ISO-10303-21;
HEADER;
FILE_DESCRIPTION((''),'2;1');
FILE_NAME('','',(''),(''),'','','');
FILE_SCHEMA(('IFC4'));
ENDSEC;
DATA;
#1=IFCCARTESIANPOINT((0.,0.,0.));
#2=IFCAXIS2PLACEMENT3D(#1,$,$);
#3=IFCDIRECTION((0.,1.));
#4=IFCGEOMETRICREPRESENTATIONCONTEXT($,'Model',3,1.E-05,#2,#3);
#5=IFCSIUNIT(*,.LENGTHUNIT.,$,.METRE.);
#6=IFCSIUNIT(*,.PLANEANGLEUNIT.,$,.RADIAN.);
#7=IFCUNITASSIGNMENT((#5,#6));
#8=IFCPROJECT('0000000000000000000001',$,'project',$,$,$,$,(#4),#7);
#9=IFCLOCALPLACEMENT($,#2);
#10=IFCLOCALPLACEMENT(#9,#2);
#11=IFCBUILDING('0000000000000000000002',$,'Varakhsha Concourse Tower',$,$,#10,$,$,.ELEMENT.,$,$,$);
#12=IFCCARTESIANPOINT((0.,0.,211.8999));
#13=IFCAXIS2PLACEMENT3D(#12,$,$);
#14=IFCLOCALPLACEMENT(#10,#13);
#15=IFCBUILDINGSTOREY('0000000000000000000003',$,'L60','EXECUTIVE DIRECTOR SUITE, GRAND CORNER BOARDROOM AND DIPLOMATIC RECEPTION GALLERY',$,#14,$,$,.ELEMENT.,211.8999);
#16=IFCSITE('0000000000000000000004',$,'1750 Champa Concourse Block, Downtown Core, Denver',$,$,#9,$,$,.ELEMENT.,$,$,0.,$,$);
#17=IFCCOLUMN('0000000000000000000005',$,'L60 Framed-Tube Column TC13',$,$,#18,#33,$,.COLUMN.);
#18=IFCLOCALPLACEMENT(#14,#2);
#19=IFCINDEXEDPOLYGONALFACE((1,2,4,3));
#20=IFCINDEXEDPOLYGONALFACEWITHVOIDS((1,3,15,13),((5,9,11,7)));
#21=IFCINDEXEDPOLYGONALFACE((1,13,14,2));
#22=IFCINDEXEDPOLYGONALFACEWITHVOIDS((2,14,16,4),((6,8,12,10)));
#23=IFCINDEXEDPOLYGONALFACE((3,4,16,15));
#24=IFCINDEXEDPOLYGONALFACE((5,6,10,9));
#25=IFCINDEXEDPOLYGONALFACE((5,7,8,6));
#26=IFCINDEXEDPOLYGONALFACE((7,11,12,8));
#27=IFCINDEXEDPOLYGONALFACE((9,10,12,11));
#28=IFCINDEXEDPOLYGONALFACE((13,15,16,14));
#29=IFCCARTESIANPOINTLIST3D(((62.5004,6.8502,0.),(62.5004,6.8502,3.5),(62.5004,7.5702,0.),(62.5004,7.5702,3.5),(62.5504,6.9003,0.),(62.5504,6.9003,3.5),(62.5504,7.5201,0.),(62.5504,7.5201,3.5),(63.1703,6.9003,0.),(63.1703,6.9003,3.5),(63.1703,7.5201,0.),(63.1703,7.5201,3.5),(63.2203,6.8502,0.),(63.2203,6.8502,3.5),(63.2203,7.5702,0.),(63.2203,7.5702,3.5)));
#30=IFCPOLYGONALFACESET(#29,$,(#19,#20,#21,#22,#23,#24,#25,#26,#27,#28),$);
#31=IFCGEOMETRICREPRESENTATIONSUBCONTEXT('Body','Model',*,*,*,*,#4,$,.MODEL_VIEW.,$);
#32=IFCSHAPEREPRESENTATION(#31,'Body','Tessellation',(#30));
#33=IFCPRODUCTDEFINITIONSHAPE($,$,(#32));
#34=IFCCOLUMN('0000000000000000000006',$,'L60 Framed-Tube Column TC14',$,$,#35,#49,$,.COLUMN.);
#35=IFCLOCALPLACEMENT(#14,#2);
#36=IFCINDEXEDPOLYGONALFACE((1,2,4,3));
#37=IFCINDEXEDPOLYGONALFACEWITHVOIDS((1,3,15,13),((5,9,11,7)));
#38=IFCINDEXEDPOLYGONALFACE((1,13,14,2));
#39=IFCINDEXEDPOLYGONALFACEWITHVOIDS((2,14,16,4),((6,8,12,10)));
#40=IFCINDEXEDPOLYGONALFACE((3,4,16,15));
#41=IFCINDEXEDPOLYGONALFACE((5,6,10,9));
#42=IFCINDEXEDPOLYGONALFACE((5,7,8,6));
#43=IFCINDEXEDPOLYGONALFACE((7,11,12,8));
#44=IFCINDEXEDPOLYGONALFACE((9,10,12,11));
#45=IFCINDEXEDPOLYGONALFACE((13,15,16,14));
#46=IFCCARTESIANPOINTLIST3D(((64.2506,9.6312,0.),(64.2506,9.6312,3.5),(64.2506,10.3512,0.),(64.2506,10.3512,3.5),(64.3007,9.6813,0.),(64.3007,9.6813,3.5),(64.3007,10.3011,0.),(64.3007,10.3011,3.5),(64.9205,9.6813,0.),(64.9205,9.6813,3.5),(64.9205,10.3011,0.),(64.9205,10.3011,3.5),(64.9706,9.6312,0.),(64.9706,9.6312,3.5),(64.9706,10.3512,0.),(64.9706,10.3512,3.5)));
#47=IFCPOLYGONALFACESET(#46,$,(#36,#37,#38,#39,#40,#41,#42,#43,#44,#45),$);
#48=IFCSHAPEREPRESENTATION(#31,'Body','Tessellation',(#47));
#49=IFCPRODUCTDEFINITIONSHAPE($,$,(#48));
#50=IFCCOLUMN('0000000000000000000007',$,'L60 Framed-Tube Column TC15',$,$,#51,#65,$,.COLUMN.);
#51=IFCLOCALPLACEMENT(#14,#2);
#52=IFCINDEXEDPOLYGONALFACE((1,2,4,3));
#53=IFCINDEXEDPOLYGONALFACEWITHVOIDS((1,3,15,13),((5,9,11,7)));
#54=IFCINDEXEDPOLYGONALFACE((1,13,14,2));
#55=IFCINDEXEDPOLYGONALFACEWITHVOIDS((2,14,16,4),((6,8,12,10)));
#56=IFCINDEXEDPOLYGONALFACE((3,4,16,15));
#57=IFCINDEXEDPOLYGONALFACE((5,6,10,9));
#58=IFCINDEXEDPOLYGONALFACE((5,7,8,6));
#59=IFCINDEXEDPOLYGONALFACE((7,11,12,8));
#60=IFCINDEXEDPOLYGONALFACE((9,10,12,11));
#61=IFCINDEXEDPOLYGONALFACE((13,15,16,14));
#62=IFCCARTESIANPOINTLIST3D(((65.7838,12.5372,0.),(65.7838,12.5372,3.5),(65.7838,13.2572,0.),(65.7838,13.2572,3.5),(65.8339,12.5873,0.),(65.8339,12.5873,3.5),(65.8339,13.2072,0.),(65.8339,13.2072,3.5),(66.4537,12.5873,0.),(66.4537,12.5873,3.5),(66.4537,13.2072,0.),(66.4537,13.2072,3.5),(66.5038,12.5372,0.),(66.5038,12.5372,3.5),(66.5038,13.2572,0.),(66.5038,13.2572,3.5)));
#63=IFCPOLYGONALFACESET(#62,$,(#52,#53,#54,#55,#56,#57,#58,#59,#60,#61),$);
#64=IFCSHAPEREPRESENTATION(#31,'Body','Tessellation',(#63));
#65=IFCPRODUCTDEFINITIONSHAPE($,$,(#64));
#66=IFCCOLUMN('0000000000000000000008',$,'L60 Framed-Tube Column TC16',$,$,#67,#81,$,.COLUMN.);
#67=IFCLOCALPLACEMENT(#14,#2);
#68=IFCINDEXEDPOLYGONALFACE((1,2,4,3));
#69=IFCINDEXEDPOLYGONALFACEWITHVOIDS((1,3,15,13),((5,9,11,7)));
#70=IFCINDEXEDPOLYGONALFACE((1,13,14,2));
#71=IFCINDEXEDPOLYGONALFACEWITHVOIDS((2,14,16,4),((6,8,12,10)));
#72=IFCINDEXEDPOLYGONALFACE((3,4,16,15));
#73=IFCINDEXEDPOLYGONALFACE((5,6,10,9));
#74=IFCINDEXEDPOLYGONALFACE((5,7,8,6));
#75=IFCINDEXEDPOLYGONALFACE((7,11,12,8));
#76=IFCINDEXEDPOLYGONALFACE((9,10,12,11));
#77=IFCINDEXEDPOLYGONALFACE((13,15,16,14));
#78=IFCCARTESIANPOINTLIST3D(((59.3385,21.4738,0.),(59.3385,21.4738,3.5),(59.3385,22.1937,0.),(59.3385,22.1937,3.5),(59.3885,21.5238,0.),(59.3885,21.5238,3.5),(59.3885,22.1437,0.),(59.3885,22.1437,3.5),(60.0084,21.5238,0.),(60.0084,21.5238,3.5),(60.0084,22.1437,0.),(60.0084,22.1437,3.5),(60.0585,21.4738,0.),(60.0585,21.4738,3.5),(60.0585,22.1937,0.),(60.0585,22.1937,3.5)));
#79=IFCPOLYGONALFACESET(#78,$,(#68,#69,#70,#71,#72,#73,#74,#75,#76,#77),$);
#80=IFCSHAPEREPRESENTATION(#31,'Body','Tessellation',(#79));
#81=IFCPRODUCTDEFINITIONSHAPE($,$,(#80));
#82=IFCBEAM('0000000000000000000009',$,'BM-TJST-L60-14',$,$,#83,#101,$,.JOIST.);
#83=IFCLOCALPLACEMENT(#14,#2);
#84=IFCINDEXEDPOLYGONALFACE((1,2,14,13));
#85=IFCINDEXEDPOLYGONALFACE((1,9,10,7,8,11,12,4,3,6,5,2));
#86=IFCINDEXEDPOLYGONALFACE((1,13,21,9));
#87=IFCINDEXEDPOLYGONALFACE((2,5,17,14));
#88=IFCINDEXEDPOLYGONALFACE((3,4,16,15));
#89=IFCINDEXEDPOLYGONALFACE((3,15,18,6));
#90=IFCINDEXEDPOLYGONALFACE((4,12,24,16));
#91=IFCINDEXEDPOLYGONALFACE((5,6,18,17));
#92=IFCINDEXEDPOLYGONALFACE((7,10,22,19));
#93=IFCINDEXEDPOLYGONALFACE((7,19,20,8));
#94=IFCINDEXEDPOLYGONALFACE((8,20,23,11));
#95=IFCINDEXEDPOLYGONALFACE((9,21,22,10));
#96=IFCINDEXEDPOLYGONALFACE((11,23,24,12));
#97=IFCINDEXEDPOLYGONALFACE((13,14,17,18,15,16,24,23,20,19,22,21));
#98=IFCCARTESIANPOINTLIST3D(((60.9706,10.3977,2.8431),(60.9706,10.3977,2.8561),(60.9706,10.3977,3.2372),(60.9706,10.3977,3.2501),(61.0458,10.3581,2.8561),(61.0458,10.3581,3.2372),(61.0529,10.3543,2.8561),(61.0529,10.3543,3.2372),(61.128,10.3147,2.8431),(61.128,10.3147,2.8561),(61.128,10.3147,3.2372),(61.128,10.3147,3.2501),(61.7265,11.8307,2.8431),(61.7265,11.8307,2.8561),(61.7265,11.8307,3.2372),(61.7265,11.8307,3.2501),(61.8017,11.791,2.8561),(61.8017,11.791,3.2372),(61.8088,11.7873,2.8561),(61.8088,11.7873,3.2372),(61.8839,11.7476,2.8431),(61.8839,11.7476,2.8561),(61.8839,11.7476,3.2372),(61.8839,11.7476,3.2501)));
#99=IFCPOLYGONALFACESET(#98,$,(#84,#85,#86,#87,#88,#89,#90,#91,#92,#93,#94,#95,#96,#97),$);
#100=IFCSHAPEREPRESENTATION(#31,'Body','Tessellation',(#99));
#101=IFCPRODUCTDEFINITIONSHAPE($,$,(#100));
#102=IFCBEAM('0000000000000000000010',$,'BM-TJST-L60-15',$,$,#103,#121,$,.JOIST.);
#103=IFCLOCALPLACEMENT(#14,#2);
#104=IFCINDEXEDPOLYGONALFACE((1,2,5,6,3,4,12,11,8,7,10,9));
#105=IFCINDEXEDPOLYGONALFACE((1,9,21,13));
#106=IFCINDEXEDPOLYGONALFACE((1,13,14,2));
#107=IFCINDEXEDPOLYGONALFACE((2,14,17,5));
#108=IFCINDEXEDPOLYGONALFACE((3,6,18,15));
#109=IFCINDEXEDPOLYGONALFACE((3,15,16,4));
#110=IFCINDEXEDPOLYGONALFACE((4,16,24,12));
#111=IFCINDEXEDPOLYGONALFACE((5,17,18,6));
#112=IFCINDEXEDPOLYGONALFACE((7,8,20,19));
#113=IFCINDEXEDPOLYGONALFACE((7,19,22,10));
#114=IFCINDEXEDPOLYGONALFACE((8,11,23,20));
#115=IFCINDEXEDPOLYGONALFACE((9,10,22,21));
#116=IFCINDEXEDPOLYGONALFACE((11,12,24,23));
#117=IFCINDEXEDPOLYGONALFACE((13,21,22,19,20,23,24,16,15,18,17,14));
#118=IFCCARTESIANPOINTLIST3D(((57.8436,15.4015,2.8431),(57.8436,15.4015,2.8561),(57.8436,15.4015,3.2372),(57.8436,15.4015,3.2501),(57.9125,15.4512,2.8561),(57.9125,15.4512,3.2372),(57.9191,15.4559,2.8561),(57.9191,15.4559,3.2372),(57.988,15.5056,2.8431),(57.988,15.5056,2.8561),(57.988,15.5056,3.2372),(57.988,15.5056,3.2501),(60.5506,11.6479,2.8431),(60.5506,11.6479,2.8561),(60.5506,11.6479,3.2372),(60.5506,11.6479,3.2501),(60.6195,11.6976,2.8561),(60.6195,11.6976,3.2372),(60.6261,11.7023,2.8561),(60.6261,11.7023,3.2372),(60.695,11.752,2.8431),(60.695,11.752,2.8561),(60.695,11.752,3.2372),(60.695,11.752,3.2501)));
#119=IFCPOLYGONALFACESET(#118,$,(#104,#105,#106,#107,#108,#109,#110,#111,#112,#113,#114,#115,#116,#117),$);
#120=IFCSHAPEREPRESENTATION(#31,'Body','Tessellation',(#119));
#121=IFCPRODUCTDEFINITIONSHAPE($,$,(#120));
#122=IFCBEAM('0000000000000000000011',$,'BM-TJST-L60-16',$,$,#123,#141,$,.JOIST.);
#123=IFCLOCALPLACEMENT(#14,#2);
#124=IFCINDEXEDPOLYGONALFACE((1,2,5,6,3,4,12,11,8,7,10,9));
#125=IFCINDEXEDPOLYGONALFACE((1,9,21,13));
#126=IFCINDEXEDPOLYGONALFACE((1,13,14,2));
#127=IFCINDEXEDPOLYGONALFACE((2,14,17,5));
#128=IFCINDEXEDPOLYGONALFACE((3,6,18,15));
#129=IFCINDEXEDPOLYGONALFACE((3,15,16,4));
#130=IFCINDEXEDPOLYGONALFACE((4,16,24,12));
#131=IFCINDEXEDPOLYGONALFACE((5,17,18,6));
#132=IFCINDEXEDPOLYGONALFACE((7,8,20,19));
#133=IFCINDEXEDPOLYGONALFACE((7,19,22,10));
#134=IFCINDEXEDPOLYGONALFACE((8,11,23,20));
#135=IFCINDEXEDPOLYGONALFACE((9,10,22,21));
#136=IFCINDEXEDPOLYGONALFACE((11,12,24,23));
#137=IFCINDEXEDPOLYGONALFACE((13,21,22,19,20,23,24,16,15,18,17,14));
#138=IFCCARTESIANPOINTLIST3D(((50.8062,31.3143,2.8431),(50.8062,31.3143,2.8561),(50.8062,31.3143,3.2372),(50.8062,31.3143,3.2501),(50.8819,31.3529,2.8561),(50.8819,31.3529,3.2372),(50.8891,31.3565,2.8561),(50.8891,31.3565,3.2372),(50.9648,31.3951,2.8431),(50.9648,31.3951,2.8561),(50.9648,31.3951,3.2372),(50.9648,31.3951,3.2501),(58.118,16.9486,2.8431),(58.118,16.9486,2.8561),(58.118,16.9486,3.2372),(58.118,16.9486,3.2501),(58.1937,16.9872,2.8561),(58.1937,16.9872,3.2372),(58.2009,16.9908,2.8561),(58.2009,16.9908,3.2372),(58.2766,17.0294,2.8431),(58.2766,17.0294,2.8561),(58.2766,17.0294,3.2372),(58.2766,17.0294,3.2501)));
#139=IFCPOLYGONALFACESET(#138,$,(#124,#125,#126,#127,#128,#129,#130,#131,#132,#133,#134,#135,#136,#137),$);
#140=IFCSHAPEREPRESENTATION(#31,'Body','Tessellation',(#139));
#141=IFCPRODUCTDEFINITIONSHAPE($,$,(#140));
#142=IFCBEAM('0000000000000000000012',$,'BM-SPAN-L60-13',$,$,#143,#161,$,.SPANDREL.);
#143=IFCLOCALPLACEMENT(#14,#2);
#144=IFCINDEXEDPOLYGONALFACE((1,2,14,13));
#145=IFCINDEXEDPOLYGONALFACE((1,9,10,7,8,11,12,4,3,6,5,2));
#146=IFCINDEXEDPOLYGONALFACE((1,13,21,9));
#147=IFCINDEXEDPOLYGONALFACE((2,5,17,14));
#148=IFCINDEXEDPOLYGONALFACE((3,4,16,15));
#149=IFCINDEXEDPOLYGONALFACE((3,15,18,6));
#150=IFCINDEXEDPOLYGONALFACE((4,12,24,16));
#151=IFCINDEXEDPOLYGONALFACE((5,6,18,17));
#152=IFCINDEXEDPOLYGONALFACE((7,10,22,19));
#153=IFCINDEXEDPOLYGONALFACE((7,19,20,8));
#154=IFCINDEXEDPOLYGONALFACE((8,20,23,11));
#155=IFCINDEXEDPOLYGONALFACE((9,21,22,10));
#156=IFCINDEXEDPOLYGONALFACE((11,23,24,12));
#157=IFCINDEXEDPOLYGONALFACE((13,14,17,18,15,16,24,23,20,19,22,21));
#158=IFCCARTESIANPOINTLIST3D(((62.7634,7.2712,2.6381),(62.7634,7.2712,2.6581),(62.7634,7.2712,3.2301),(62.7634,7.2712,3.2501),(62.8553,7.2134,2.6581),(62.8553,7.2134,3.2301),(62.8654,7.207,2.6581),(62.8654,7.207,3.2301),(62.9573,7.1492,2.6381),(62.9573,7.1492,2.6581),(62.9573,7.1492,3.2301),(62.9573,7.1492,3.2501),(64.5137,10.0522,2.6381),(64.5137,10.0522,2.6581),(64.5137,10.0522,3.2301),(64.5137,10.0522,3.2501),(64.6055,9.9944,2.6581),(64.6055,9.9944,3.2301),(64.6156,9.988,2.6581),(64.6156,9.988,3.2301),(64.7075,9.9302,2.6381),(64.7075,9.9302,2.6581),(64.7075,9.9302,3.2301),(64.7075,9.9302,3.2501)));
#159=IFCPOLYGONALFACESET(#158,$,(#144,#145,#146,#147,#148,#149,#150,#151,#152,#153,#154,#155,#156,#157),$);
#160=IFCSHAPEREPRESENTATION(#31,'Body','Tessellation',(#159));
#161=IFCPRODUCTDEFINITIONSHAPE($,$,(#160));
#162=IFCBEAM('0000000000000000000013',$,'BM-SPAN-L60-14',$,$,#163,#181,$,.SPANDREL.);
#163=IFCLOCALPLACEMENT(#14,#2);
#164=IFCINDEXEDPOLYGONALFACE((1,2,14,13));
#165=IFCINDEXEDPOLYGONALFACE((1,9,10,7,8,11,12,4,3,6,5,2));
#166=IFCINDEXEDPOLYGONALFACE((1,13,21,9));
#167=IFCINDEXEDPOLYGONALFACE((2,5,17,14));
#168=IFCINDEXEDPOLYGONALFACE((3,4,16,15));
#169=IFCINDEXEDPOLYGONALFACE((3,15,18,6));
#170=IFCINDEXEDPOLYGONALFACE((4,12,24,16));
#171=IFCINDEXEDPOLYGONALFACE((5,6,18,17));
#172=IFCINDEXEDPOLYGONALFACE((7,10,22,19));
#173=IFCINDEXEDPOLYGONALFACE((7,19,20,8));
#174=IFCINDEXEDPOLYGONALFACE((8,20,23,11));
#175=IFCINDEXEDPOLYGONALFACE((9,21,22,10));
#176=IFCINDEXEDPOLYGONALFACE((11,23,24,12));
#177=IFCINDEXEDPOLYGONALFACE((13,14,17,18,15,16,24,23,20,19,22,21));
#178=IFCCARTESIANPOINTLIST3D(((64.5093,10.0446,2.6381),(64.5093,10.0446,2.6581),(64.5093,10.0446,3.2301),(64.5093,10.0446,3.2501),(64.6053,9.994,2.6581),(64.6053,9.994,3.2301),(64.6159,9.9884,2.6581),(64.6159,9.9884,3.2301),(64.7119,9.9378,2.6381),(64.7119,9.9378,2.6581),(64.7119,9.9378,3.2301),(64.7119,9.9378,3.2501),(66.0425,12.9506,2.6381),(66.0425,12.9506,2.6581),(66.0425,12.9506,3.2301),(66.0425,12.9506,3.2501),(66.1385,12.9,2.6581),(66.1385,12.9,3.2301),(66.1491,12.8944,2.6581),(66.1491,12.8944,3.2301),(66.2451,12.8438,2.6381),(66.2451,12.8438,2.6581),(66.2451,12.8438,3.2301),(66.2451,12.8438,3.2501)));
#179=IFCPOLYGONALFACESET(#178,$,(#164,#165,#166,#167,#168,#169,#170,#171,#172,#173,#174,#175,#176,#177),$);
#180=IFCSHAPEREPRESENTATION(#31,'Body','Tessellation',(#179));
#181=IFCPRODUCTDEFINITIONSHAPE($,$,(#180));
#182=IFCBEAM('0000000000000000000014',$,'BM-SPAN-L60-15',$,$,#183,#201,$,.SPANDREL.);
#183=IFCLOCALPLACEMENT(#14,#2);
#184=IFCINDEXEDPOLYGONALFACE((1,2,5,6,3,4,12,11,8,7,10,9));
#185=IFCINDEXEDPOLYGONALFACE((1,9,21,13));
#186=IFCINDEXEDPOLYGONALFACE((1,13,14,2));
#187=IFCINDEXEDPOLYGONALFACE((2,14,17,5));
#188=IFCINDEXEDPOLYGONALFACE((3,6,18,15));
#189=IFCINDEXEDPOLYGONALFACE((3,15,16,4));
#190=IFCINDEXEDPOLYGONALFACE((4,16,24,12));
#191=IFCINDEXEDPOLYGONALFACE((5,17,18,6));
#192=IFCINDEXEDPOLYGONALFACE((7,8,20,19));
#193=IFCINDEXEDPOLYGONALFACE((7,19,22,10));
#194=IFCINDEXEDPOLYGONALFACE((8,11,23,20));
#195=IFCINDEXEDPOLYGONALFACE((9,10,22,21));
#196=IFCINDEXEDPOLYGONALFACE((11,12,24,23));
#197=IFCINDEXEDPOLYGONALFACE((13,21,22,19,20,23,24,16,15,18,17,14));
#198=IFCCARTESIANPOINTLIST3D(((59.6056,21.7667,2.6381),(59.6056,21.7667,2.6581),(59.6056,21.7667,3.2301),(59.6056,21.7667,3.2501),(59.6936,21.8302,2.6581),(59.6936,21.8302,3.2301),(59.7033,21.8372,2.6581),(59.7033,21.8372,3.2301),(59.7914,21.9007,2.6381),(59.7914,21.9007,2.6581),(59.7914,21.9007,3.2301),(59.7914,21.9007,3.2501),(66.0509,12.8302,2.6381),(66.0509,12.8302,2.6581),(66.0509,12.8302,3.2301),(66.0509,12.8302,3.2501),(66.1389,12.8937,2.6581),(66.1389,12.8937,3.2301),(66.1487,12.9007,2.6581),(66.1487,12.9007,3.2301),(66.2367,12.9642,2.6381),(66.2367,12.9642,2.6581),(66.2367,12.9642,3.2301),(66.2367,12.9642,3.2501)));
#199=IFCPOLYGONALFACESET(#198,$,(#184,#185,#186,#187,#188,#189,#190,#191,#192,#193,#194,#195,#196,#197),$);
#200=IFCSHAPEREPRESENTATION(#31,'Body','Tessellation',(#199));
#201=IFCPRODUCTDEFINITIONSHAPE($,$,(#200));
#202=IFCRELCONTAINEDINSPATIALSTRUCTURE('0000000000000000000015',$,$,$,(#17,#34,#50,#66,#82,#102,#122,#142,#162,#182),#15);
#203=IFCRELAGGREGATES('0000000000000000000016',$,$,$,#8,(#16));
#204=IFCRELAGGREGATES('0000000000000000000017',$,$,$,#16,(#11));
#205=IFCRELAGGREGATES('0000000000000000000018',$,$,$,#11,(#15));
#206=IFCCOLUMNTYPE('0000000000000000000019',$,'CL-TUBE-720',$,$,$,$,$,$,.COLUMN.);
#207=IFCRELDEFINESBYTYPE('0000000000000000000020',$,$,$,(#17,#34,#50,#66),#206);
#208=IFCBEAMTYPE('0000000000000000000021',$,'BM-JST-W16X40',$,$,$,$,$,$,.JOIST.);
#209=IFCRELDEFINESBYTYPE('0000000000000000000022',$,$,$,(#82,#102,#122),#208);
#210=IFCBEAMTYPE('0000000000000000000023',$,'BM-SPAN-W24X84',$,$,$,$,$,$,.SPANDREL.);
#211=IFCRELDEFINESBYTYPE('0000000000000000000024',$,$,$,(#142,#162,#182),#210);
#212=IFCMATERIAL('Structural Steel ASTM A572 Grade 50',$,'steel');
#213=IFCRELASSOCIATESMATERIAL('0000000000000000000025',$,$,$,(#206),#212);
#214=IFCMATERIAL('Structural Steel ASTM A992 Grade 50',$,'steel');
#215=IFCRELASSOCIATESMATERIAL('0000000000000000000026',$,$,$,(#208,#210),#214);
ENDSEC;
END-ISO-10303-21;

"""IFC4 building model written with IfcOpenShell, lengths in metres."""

from ifc_helpers import new_model, si_unit, direction, frame, origin, origin_2d, place, context, subcontext, project, spatial, hollow_rectangle, i_section, extrude, material, material_profile, profile_set, type_object, element, save


model = new_model("IFC4")

# Units and contexts
model_context = context("Model", 3, precision=1e-05, world=origin(), true_north=direction((0.0, 1.0)))
body_context = subcontext(model_context, "Body", "Model", "MODEL_VIEW")
ifc_project = project(units=[si_unit("LENGTHUNIT", "METRE"), si_unit("PLANEANGLEUNIT", "RADIAN")], contexts=[model_context])

# Site, building, storey
site_placement = place(None, origin())
site = spatial("IfcSite", under=ifc_project, at=site_placement, Name="1750 Champa Concourse Block, Downtown Core, Denver", CompositionType="ELEMENT", RefElevation=0.0)
building_placement = place(site_placement, origin())
building = spatial("IfcBuilding", under=site, at=building_placement, Name="Varakhsha Concourse Tower", CompositionType="ELEMENT")
storey_placement = place(building_placement, frame((0.0, 0.0, 211.8999)))
storey = spatial("IfcBuildingStorey", under=building, at=storey_placement, Name="L60", Description="EXECUTIVE DIRECTOR SUITE, GRAND CORNER BOARDROOM AND DIPLOMATIC RECEPTION GALLERY", CompositionType="ELEMENT", Elevation=211.8999)

# Columns
ifc_material_1 = material(Name="Structural Steel ASTM A572 Grade 50", Category="steel")
ifc_material_profile_1 = material_profile(ifc_material_1, hollow_rectangle(XDim=0.72, YDim=0.72, WallThickness=0.05, at=origin_2d()), Name="BOX 720x720x50")
ifc_profile_set_1 = profile_set([ifc_material_profile_1], Name="Structural Steel ASTM A572 Grade 50")
column_type = type_object("IfcColumnType", Name="CL-TUBE-720", PredefinedType="COLUMN", material=ifc_profile_set_1)
for number, where, z_axis, x_axis, name in (
    (1, (62.8604, 7.2102, 0.0), (0.0, 0.0, 1.0), (1.0, 0.0, 0.0), "L60 Framed-Tube Column TC13"),
    (2, (64.6106, 9.9912, 0.0), (0.0, 0.0, 1.0), (1.0, 0.0, 0.0), "L60 Framed-Tube Column TC14"),
    (3, (66.1438, 12.8972, 0.0), (0.0, 0.0, 1.0), (1.0, 0.0, 0.0), "L60 Framed-Tube Column TC15"),
    (4, (59.6985, 21.8337, 0.0), (0.0, 0.0, 1.0), (1.0, 0.0, 0.0), "L60 Framed-Tube Column TC16"),
):
    element("IfcColumn", number, at=place(storey_placement, frame(where, z_axis=z_axis, x_axis=x_axis)), inside=storey, type_object=column_type, Name=name, PredefinedType="COLUMN", context=body_context, shape_type="SweptSolid", body=[
        extrude(hollow_rectangle(XDim=0.72, YDim=0.72, WallThickness=0.05, at=origin_2d()), origin(), (0.0, 0.0, 1.0), 3.5),
    ])

# Beams
ifc_material_2 = material(Name="Structural Steel ASTM A992 Grade 50", Category="steel")
ifc_material_profile_2 = material_profile(ifc_material_2, i_section(OverallWidth=0.178, OverallDepth=0.407, WebThickness=0.0081, FlangeThickness=0.0129, at=origin_2d()), Name="W16X40")
ifc_profile_set_2 = profile_set([ifc_material_profile_2], Name="Structural Steel ASTM A992 Grade 50")
beam_type_1 = type_object("IfcBeamType", Name="BM-JST-W16X40", PredefinedType="JOIST", material=ifc_profile_set_2)
beam_1_placement = place(storey_placement, frame((61.0493, 10.3562, 3.0466), z_axis=(0.466579, 0.88448, 0.0), x_axis=(-0.88448, 0.466579, 0.0)))
element("IfcBeam", 5, at=beam_1_placement, inside=storey, type_object=beam_type_1, Name="BM-TJST-L60-14", PredefinedType="JOIST", context=body_context, shape_type="SweptSolid", body=[
    extrude(i_section(OverallWidth=0.178, OverallDepth=0.407, WebThickness=0.0081, FlangeThickness=0.0129, at=origin_2d()), origin(), (0.0, 0.0, 1.0), 1.6201),
])
beam_2_placement = place(storey_placement, frame((60.6228, 11.7, 3.0466), z_axis=(-0.58493, 0.811084, 0.0), x_axis=(-0.811084, -0.58493, 0.0)))
element("IfcBeam", 6, at=beam_2_placement, inside=storey, type_object=beam_type_1, Name="BM-TJST-L60-15", PredefinedType="JOIST", context=body_context, shape_type="SweptSolid", body=[
    extrude(i_section(OverallWidth=0.178, OverallDepth=0.407, WebThickness=0.0081, FlangeThickness=0.0129, at=origin_2d()), origin(), (0.0, 0.0, 1.0), 4.6279),
])
beam_3_placement = place(storey_placement, frame((58.1973, 16.989, 3.0466), z_axis=(-0.4536, 0.891206, 0.0), x_axis=(-0.891206, -0.4536, 0.0)))
element("IfcBeam", 7, at=beam_3_placement, inside=storey, type_object=beam_type_1, Name="BM-TJST-L60-16", PredefinedType="JOIST", context=body_context, shape_type="SweptSolid", body=[
    extrude(i_section(OverallWidth=0.178, OverallDepth=0.407, WebThickness=0.0081, FlangeThickness=0.0129, at=origin_2d()), origin(), (0.0, 0.0, 1.0), 16.1194),
])
ifc_material_profile_3 = material_profile(ifc_material_2, i_section(OverallWidth=0.229, OverallDepth=0.6121, WebThickness=0.012, FlangeThickness=0.02, at=origin_2d()), Name="W24X84")
ifc_profile_set_3 = profile_set([ifc_material_profile_3], Name="Structural Steel ASTM A992 Grade 50")
beam_type_2 = type_object("IfcBeamType", Name="BM-SPAN-W24X84", PredefinedType="SPANDREL", material=ifc_profile_set_3)
beam_4_placement = place(storey_placement, frame((62.8604, 7.2102, 2.9441), z_axis=(0.532648, 0.846337, 0.0), x_axis=(-0.846337, 0.532648, 0.0)))
element("IfcBeam", 8, at=beam_4_placement, inside=storey, type_object=beam_type_2, Name="BM-SPAN-L60-13", PredefinedType="SPANDREL", context=body_context, shape_type="SweptSolid", body=[
    extrude(i_section(OverallWidth=0.229, OverallDepth=0.6121, WebThickness=0.012, FlangeThickness=0.02, at=origin_2d()), origin(), (0.0, 0.0, 1.0), 3.2859),
])
beam_5_placement = place(storey_placement, frame((64.6106, 9.9912, 2.9441), z_axis=(0.466634, 0.88445, 0.0), x_axis=(-0.88445, 0.466634, 0.0)))
element("IfcBeam", 9, at=beam_5_placement, inside=storey, type_object=beam_type_2, Name="BM-SPAN-L60-14", PredefinedType="SPANDREL", context=body_context, shape_type="SweptSolid", body=[
    extrude(i_section(OverallWidth=0.229, OverallDepth=0.6121, WebThickness=0.012, FlangeThickness=0.02, at=origin_2d()), origin(), (0.0, 0.0, 1.0), 3.2856),
])
beam_6_placement = place(storey_placement, frame((66.1438, 12.8972, 2.9441), z_axis=(-0.584963, 0.81106, 0.0), x_axis=(-0.81106, -0.584963, 0.0)))
element("IfcBeam", 10, at=beam_6_placement, inside=storey, type_object=beam_type_2, Name="BM-SPAN-L60-15", PredefinedType="SPANDREL", context=body_context, shape_type="SweptSolid", body=[
    extrude(i_section(OverallWidth=0.229, OverallDepth=0.6121, WebThickness=0.012, FlangeThickness=0.02, at=origin_2d()), origin(), (0.0, 0.0, 1.0), 11.0183),
])

save(model, "model.ifc")
